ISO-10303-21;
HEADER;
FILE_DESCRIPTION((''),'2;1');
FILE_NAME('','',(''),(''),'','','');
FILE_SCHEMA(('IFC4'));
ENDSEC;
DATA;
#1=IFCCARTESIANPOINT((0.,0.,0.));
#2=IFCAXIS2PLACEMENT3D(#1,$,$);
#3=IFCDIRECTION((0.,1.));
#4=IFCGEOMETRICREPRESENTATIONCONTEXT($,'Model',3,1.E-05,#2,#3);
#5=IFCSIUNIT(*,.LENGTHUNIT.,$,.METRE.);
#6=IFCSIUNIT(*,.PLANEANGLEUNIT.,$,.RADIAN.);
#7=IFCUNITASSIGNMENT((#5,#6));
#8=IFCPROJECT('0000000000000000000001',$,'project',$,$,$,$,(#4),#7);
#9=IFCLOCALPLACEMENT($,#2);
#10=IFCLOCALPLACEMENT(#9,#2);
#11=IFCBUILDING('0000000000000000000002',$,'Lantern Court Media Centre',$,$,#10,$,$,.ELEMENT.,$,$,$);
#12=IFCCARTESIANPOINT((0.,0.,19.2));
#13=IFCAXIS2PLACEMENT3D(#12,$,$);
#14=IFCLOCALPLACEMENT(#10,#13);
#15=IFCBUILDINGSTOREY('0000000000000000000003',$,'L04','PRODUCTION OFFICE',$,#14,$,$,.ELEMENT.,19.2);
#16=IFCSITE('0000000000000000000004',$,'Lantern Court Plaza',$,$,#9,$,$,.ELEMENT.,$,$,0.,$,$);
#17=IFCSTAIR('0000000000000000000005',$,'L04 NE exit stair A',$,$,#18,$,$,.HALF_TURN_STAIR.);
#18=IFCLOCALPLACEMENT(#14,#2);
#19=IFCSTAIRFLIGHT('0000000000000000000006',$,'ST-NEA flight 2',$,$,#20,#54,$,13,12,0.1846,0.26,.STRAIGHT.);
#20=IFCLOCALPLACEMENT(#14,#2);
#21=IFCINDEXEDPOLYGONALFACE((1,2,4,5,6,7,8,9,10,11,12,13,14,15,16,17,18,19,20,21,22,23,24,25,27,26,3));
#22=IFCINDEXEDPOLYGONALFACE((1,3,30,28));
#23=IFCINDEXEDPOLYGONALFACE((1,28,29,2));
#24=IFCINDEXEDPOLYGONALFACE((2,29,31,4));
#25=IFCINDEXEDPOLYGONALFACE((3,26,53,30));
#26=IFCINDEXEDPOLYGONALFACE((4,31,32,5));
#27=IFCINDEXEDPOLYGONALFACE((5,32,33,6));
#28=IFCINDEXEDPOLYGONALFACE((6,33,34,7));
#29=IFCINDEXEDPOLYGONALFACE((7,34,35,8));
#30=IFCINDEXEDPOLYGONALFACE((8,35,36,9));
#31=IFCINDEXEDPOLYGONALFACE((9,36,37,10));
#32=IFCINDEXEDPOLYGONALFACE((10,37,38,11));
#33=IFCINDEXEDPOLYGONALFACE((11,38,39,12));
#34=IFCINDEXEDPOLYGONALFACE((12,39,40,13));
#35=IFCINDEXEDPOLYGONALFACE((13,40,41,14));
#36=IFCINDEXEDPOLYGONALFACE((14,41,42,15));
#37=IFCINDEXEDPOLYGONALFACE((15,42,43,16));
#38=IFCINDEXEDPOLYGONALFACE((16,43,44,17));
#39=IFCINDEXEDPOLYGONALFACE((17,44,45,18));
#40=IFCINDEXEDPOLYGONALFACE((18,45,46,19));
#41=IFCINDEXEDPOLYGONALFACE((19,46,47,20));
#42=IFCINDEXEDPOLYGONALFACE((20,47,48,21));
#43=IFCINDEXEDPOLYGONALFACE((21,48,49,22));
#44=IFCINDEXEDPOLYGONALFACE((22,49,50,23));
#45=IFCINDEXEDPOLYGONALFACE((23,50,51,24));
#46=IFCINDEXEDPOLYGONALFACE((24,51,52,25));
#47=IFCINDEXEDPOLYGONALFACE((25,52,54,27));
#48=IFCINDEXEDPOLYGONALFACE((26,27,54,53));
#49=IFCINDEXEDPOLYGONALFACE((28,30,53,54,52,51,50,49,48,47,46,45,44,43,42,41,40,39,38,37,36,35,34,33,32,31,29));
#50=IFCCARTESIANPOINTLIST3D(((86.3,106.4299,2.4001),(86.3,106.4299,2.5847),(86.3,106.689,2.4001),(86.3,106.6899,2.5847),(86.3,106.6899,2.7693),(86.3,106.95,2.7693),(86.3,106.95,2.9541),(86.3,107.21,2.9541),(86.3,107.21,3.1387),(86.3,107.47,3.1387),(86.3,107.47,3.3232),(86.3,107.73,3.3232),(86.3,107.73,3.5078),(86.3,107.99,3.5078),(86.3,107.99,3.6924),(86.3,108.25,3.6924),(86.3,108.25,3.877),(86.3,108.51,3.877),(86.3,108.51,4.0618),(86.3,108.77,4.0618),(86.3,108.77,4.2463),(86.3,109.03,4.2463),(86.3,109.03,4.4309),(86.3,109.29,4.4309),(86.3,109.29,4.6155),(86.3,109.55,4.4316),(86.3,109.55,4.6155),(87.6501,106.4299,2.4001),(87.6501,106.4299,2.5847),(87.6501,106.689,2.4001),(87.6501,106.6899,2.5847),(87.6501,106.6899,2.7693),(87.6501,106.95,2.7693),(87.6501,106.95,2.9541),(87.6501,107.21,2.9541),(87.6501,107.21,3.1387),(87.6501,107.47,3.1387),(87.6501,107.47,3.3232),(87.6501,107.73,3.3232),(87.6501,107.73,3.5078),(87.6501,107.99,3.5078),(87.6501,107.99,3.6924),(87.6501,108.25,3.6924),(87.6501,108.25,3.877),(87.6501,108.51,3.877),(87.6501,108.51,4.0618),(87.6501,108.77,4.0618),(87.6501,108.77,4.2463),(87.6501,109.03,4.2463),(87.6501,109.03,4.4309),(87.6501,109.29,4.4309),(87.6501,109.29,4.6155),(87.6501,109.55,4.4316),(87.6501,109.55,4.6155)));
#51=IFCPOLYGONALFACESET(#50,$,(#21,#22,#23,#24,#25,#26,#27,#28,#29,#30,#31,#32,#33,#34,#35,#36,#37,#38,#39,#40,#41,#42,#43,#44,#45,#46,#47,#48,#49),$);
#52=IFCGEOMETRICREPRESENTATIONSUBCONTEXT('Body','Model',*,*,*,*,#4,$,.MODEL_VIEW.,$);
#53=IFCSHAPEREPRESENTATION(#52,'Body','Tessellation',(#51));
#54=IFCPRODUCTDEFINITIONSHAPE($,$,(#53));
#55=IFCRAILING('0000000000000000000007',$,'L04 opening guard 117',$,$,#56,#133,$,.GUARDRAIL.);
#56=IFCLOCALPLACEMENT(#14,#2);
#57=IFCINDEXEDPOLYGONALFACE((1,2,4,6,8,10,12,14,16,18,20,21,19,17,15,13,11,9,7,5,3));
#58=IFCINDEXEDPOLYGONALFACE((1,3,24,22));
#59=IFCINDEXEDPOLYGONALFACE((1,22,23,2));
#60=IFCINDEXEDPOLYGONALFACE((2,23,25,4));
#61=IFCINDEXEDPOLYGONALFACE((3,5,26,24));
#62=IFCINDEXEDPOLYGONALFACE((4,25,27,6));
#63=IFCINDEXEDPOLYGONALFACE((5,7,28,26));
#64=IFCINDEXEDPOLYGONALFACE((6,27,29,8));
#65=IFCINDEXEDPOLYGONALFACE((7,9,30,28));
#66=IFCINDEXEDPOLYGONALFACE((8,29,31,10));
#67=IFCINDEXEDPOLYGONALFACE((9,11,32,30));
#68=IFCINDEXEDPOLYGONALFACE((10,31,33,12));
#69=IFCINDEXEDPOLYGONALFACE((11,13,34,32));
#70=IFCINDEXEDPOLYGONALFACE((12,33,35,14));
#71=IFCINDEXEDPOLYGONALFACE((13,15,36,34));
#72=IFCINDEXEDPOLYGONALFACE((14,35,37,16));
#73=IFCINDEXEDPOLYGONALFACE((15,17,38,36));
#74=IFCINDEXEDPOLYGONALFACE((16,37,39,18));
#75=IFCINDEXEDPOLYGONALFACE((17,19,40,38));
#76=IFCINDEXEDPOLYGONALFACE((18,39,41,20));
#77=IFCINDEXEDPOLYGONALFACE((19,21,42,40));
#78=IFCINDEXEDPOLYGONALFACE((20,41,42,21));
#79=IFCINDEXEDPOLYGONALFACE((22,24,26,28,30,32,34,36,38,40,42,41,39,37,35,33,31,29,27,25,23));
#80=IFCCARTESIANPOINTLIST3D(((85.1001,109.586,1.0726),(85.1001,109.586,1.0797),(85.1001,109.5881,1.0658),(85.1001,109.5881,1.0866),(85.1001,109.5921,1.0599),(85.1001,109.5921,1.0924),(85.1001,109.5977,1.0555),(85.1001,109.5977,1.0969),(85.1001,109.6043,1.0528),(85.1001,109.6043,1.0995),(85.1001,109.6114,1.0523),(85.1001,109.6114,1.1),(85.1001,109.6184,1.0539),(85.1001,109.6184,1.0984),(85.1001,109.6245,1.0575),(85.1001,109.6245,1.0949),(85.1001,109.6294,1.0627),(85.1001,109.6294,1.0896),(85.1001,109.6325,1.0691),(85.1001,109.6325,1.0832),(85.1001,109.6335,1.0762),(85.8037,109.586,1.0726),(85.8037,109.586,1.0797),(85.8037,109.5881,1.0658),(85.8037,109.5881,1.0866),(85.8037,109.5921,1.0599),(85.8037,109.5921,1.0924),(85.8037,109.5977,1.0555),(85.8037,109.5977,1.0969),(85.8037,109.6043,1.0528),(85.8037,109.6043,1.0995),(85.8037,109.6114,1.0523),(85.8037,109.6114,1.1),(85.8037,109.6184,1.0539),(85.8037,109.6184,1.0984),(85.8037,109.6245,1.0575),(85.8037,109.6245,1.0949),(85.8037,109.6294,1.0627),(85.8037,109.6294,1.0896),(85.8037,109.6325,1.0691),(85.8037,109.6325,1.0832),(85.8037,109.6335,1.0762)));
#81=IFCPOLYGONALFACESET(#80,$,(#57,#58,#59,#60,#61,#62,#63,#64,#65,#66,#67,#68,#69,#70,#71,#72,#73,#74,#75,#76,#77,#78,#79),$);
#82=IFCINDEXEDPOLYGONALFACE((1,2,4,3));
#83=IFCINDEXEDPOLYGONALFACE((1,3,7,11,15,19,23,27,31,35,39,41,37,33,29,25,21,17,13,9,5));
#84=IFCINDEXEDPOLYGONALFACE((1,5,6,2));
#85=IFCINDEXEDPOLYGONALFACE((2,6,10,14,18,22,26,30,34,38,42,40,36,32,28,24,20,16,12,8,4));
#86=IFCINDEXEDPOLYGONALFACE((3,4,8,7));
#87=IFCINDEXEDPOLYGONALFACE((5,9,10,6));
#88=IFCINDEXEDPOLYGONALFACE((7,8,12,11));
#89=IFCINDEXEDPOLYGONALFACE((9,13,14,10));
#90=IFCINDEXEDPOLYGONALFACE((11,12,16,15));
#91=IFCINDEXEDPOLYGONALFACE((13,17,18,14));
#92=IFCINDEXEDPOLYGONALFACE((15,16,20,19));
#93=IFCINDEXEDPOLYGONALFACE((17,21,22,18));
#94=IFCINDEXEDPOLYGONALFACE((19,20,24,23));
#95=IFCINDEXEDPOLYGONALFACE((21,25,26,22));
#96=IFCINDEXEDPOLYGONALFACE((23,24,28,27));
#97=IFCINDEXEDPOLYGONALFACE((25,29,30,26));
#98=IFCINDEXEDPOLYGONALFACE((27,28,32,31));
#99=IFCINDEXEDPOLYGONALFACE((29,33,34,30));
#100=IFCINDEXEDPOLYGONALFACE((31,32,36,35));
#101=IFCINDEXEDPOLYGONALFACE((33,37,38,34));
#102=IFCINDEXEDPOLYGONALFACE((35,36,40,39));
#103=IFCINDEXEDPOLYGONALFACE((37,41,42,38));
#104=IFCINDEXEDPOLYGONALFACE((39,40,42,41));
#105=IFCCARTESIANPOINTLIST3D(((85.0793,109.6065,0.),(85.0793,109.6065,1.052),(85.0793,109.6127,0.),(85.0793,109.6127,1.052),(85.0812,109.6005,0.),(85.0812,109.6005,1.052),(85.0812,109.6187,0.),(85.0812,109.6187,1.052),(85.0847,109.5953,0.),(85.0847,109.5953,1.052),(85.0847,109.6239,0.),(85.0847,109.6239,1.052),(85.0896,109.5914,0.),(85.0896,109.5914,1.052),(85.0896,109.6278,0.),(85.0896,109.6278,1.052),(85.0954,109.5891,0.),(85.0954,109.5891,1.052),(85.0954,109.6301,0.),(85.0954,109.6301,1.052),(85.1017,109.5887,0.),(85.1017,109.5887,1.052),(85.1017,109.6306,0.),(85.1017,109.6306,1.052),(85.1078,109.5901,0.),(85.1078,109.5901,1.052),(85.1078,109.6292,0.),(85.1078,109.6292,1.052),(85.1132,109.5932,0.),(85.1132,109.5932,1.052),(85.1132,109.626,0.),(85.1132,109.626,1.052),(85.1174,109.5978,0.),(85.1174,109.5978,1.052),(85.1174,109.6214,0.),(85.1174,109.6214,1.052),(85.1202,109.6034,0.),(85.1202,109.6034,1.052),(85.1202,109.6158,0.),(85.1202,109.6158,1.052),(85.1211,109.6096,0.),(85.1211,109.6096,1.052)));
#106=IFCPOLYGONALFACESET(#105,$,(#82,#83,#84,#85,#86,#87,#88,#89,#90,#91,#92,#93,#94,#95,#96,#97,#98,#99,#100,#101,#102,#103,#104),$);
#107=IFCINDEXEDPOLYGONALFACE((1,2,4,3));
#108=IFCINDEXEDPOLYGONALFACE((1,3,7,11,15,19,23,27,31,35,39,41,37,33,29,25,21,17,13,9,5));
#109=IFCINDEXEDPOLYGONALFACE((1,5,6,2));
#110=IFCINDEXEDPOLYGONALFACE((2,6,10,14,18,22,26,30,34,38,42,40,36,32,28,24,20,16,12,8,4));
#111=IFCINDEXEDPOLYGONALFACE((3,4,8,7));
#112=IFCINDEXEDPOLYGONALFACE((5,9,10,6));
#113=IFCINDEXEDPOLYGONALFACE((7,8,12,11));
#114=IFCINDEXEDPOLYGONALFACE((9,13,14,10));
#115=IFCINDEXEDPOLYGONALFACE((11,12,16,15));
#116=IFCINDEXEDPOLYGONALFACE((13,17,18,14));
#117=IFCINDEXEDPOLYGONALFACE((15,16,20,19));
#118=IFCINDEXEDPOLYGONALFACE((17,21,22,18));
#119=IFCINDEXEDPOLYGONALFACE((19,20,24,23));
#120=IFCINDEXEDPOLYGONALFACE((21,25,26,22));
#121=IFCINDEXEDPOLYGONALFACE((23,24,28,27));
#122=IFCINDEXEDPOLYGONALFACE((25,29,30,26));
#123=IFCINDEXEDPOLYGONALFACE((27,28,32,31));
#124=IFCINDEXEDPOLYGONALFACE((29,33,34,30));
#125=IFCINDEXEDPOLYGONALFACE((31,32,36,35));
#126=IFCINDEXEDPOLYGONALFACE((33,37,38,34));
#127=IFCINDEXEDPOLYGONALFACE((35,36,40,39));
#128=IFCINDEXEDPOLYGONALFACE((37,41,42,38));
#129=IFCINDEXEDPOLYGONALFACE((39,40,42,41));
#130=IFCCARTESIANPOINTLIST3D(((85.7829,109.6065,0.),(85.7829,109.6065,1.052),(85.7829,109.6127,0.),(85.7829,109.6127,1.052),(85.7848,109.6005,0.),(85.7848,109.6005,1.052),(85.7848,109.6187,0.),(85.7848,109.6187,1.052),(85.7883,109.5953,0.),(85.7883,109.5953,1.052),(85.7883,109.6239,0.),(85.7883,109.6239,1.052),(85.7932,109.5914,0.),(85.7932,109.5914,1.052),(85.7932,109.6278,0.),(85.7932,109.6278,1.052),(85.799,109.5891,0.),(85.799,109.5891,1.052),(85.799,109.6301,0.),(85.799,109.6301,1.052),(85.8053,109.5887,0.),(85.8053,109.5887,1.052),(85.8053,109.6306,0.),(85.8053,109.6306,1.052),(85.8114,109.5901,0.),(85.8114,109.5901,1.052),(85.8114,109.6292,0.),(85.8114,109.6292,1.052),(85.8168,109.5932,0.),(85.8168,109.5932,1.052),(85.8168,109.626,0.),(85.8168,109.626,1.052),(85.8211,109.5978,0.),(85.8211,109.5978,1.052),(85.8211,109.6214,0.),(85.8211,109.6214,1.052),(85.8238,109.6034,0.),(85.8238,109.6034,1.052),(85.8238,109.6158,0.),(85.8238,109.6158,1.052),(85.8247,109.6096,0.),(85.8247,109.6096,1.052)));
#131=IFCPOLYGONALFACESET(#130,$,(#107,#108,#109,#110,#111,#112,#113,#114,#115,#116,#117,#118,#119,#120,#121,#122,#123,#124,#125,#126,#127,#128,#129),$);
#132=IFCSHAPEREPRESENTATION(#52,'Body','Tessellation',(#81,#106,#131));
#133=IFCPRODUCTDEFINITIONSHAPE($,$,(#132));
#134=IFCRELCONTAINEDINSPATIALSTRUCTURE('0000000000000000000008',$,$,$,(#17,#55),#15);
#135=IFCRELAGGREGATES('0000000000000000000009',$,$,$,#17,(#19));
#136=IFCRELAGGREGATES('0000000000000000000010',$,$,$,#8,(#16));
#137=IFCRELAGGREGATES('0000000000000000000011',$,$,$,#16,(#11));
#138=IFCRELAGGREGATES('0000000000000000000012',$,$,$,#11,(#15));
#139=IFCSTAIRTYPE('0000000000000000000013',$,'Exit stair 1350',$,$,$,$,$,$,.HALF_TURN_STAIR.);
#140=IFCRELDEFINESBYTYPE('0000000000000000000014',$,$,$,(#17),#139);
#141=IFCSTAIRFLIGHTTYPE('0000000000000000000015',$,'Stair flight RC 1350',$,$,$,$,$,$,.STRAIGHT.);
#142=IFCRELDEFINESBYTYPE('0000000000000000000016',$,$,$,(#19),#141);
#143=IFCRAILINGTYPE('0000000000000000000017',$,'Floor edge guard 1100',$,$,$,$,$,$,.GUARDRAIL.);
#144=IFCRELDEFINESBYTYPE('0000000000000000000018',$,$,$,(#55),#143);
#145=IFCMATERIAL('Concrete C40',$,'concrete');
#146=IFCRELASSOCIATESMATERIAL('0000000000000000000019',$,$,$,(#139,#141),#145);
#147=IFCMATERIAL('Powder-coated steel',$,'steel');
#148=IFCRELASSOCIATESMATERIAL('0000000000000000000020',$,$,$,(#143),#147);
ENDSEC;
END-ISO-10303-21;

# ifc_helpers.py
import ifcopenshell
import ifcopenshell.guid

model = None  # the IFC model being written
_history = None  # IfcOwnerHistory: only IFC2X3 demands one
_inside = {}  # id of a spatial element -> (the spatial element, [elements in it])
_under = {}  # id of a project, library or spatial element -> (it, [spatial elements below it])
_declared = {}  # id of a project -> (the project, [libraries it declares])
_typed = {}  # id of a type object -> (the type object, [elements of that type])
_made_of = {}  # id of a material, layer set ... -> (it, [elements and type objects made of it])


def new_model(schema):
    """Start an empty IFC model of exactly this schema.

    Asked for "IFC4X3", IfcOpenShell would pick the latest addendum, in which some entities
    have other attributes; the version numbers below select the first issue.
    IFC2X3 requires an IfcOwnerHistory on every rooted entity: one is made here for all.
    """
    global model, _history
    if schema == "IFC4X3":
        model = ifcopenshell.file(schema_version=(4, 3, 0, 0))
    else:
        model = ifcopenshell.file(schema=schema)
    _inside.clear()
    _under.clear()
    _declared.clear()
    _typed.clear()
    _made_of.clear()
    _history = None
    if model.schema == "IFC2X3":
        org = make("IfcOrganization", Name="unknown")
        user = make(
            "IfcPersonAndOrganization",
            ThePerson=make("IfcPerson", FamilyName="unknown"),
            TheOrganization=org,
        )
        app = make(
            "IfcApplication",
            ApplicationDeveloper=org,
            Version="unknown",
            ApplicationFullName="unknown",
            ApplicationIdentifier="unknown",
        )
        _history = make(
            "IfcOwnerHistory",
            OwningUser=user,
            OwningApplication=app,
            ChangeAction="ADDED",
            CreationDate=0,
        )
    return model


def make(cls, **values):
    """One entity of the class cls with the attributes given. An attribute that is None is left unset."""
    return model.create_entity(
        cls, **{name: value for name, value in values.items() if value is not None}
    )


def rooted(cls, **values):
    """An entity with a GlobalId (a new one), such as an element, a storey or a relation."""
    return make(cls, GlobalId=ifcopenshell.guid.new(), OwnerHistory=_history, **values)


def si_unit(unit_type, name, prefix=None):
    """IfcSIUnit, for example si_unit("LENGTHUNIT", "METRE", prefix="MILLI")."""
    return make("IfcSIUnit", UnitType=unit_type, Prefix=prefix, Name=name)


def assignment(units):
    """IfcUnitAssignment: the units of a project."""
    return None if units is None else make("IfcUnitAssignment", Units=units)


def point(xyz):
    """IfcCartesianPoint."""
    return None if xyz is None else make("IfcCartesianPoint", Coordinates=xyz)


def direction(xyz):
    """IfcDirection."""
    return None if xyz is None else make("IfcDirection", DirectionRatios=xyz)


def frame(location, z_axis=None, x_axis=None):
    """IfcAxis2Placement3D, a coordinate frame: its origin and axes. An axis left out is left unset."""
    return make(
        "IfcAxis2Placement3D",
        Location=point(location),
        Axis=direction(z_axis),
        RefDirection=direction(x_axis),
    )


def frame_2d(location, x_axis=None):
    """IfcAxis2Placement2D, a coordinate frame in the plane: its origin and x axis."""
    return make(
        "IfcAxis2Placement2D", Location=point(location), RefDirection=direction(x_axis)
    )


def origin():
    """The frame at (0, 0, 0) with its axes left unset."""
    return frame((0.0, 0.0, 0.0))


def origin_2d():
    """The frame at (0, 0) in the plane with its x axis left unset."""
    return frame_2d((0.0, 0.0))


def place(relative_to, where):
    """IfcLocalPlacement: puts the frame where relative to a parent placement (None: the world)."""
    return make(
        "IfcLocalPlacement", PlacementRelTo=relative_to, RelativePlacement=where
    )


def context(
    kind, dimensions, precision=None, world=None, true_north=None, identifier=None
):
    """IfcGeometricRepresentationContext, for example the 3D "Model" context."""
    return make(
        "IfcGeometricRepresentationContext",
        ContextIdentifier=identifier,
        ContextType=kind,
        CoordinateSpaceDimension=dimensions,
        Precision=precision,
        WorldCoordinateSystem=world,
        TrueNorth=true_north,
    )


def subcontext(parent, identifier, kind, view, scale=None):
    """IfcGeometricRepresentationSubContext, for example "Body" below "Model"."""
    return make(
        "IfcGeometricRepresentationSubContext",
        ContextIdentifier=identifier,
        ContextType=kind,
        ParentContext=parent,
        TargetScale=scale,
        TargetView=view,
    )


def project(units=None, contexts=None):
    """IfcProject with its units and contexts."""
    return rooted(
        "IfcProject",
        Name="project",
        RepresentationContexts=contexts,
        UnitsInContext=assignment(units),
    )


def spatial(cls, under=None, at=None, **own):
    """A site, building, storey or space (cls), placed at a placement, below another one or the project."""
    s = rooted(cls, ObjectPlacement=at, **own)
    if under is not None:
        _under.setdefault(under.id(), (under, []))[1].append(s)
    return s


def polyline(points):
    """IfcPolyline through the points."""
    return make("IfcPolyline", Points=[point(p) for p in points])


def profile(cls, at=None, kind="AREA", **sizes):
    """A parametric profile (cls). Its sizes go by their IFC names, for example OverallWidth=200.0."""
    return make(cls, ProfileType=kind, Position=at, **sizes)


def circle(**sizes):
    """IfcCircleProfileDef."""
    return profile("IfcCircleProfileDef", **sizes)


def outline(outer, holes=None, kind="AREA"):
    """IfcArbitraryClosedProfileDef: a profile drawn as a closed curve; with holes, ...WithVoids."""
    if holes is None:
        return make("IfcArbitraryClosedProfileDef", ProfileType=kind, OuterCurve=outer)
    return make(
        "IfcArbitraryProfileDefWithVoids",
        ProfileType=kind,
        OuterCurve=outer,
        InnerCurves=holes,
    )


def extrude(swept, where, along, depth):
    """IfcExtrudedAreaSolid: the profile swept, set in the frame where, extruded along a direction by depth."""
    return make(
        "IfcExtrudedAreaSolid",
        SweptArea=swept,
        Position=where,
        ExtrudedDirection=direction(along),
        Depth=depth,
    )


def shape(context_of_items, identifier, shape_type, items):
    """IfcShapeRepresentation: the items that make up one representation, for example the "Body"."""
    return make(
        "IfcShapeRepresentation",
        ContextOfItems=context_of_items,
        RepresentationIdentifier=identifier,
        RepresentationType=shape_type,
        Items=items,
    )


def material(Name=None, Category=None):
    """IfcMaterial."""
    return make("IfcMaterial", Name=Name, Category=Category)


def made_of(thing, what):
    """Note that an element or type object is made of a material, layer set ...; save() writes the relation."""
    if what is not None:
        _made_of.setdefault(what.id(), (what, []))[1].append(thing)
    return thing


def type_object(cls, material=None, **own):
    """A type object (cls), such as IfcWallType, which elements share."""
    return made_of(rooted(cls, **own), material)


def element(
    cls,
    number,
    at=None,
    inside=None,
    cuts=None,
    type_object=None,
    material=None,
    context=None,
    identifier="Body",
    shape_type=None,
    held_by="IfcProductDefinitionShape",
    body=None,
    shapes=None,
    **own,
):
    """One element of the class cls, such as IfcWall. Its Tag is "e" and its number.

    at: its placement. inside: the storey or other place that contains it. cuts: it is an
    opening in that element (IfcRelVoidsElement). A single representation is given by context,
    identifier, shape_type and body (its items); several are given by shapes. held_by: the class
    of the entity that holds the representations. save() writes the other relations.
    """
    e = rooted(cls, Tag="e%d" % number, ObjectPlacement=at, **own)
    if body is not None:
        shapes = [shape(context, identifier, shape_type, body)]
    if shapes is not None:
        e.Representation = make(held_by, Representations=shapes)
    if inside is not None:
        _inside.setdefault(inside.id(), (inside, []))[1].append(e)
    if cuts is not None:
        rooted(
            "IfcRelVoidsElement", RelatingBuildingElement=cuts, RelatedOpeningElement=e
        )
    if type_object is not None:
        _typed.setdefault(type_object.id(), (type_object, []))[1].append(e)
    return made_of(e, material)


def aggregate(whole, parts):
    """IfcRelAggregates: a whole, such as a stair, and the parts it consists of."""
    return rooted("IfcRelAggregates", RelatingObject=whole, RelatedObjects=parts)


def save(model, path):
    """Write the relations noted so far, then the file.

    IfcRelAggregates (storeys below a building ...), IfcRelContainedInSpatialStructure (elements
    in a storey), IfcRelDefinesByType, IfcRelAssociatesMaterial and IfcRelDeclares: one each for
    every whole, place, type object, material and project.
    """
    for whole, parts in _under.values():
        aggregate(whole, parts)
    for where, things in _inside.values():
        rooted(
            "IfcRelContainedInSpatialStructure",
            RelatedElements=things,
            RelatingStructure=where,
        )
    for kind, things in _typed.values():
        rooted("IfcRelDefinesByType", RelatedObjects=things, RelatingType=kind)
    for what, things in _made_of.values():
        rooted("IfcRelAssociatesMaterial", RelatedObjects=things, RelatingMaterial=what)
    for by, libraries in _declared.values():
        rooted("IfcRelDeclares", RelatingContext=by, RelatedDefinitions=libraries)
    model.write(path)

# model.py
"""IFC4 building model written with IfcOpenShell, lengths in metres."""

from ifc_helpers import new_model, si_unit, direction, frame, origin, origin_2d, place, context, subcontext, project, spatial, polyline, circle, outline, extrude, material, type_object, element, aggregate, save


model = new_model("IFC4")

# Units and contexts
model_context = context("Model", 3, precision=1e-05, world=origin(), true_north=direction((0.0, 1.0)))
body_context = subcontext(model_context, "Body", "Model", "MODEL_VIEW")
ifc_project = project(units=[si_unit("LENGTHUNIT", "METRE"), si_unit("PLANEANGLEUNIT", "RADIAN")], contexts=[model_context])

# Site, building, storey
site_placement = place(None, origin())
site = spatial("IfcSite", under=ifc_project, at=site_placement, Name="Lantern Court Plaza", CompositionType="ELEMENT", RefElevation=0.0)
building_placement = place(site_placement, origin())
building = spatial("IfcBuilding", under=site, at=building_placement, Name="Lantern Court Media Centre", CompositionType="ELEMENT")
storey_placement = place(building_placement, frame((0.0, 0.0, 19.2)))
storey = spatial("IfcBuildingStorey", under=building, at=storey_placement, Name="L04", Description="PRODUCTION OFFICE", CompositionType="ELEMENT", Elevation=19.2)

# Shared definitions
ifc_material_1 = material(Name="Concrete C40", Category="concrete")

# Stair, stair flight
stair_type = type_object("IfcStairType", Name="Exit stair 1350", PredefinedType="HALF_TURN_STAIR", material=ifc_material_1)
stair_placement = place(storey_placement, origin())
stair = element("IfcStair", 1, at=stair_placement, inside=storey, type_object=stair_type, Name="L04 NE exit stair A", PredefinedType="HALF_TURN_STAIR")
stair_flight_type = type_object("IfcStairFlightType", Name="Stair flight RC 1350", PredefinedType="STRAIGHT", material=ifc_material_1)
stair_flight_1_placement = place(storey_placement, frame((86.9751, 106.4299, 2.4001), z_axis=(0.0, 0.0, 1.0), x_axis=(0.0, 1.0, 0.0)))
stair_flight_1 = element("IfcStairFlight", 2, at=stair_flight_1_placement, type_object=stair_flight_type, Name="ST-NEA flight 2", NumberOfRisers=13, NumberOfTreads=12, PredefinedType="STRAIGHT", RiserHeight=0.1846, TreadLength=0.26, context=body_context, shape_type="SweptSolid", body=[
    extrude(outline(polyline([(0.0, 0.0), (0.0, 0.1846), (0.26, 0.1846), (0.26, 0.3691), (0.52, 0.3691), (0.52, 0.554), (0.78, 0.554), (0.78, 0.7385), (1.04, 0.7385), (1.04, 0.9231), (1.3, 0.9231), (1.3, 1.1077), (1.5601, 1.1077), (1.5601, 1.2922), (1.8201, 1.2922), (1.8201, 1.4768), (2.0801, 1.4768), (2.0801, 1.6616), (2.3401, 1.6616), (2.3401, 1.8462), (2.6001, 1.8462), (2.6001, 2.0308), (2.8601, 2.0308), (2.8601, 2.2153), (3.1201, 2.2153), (3.1201, 2.3999), (3.1201, 2.0315), (0.259, 0.0), (0.0, 0.0)])), frame((0.0, 0.675, 0.0), z_axis=(0.0, -1.0, 0.0), x_axis=(1.0, 0.0, 0.0)), (0.0, 0.0, 1.0), 1.3501),
])
aggregate(stair, [stair_flight_1])

# Railing
ifc_material_2 = material(Name="Powder-coated steel", Category="steel")
railing_type_1 = type_object("IfcRailingType", Name="Floor edge guard 1100", PredefinedType="GUARDRAIL", material=ifc_material_2)
railing_1_placement = place(storey_placement, frame((85.1001, 109.6096, 0.0)))
element("IfcRailing", 3, at=railing_1_placement, inside=storey, type_object=railing_type_1, Name="L04 opening guard 117", PredefinedType="GUARDRAIL", context=body_context, shape_type="SweptSolid", body=[
    extrude(circle(Radius=0.0239, at=origin_2d()), frame((0.0, 0.0, 1.0762), z_axis=(1.0, 0.0, 0.0), x_axis=(0.0, 1.0, 0.0)), (0.0, 0.0, 1.0), 0.7036),
    extrude(circle(Radius=0.021, at=origin_2d()), origin(), (0.0, 0.0, 1.0), 1.052),
    extrude(circle(Radius=0.021, at=origin_2d()), frame((0.7036, 0.0, 0.0)), (0.0, 0.0, 1.0), 1.052),
])

save(model, "model.ifc")
